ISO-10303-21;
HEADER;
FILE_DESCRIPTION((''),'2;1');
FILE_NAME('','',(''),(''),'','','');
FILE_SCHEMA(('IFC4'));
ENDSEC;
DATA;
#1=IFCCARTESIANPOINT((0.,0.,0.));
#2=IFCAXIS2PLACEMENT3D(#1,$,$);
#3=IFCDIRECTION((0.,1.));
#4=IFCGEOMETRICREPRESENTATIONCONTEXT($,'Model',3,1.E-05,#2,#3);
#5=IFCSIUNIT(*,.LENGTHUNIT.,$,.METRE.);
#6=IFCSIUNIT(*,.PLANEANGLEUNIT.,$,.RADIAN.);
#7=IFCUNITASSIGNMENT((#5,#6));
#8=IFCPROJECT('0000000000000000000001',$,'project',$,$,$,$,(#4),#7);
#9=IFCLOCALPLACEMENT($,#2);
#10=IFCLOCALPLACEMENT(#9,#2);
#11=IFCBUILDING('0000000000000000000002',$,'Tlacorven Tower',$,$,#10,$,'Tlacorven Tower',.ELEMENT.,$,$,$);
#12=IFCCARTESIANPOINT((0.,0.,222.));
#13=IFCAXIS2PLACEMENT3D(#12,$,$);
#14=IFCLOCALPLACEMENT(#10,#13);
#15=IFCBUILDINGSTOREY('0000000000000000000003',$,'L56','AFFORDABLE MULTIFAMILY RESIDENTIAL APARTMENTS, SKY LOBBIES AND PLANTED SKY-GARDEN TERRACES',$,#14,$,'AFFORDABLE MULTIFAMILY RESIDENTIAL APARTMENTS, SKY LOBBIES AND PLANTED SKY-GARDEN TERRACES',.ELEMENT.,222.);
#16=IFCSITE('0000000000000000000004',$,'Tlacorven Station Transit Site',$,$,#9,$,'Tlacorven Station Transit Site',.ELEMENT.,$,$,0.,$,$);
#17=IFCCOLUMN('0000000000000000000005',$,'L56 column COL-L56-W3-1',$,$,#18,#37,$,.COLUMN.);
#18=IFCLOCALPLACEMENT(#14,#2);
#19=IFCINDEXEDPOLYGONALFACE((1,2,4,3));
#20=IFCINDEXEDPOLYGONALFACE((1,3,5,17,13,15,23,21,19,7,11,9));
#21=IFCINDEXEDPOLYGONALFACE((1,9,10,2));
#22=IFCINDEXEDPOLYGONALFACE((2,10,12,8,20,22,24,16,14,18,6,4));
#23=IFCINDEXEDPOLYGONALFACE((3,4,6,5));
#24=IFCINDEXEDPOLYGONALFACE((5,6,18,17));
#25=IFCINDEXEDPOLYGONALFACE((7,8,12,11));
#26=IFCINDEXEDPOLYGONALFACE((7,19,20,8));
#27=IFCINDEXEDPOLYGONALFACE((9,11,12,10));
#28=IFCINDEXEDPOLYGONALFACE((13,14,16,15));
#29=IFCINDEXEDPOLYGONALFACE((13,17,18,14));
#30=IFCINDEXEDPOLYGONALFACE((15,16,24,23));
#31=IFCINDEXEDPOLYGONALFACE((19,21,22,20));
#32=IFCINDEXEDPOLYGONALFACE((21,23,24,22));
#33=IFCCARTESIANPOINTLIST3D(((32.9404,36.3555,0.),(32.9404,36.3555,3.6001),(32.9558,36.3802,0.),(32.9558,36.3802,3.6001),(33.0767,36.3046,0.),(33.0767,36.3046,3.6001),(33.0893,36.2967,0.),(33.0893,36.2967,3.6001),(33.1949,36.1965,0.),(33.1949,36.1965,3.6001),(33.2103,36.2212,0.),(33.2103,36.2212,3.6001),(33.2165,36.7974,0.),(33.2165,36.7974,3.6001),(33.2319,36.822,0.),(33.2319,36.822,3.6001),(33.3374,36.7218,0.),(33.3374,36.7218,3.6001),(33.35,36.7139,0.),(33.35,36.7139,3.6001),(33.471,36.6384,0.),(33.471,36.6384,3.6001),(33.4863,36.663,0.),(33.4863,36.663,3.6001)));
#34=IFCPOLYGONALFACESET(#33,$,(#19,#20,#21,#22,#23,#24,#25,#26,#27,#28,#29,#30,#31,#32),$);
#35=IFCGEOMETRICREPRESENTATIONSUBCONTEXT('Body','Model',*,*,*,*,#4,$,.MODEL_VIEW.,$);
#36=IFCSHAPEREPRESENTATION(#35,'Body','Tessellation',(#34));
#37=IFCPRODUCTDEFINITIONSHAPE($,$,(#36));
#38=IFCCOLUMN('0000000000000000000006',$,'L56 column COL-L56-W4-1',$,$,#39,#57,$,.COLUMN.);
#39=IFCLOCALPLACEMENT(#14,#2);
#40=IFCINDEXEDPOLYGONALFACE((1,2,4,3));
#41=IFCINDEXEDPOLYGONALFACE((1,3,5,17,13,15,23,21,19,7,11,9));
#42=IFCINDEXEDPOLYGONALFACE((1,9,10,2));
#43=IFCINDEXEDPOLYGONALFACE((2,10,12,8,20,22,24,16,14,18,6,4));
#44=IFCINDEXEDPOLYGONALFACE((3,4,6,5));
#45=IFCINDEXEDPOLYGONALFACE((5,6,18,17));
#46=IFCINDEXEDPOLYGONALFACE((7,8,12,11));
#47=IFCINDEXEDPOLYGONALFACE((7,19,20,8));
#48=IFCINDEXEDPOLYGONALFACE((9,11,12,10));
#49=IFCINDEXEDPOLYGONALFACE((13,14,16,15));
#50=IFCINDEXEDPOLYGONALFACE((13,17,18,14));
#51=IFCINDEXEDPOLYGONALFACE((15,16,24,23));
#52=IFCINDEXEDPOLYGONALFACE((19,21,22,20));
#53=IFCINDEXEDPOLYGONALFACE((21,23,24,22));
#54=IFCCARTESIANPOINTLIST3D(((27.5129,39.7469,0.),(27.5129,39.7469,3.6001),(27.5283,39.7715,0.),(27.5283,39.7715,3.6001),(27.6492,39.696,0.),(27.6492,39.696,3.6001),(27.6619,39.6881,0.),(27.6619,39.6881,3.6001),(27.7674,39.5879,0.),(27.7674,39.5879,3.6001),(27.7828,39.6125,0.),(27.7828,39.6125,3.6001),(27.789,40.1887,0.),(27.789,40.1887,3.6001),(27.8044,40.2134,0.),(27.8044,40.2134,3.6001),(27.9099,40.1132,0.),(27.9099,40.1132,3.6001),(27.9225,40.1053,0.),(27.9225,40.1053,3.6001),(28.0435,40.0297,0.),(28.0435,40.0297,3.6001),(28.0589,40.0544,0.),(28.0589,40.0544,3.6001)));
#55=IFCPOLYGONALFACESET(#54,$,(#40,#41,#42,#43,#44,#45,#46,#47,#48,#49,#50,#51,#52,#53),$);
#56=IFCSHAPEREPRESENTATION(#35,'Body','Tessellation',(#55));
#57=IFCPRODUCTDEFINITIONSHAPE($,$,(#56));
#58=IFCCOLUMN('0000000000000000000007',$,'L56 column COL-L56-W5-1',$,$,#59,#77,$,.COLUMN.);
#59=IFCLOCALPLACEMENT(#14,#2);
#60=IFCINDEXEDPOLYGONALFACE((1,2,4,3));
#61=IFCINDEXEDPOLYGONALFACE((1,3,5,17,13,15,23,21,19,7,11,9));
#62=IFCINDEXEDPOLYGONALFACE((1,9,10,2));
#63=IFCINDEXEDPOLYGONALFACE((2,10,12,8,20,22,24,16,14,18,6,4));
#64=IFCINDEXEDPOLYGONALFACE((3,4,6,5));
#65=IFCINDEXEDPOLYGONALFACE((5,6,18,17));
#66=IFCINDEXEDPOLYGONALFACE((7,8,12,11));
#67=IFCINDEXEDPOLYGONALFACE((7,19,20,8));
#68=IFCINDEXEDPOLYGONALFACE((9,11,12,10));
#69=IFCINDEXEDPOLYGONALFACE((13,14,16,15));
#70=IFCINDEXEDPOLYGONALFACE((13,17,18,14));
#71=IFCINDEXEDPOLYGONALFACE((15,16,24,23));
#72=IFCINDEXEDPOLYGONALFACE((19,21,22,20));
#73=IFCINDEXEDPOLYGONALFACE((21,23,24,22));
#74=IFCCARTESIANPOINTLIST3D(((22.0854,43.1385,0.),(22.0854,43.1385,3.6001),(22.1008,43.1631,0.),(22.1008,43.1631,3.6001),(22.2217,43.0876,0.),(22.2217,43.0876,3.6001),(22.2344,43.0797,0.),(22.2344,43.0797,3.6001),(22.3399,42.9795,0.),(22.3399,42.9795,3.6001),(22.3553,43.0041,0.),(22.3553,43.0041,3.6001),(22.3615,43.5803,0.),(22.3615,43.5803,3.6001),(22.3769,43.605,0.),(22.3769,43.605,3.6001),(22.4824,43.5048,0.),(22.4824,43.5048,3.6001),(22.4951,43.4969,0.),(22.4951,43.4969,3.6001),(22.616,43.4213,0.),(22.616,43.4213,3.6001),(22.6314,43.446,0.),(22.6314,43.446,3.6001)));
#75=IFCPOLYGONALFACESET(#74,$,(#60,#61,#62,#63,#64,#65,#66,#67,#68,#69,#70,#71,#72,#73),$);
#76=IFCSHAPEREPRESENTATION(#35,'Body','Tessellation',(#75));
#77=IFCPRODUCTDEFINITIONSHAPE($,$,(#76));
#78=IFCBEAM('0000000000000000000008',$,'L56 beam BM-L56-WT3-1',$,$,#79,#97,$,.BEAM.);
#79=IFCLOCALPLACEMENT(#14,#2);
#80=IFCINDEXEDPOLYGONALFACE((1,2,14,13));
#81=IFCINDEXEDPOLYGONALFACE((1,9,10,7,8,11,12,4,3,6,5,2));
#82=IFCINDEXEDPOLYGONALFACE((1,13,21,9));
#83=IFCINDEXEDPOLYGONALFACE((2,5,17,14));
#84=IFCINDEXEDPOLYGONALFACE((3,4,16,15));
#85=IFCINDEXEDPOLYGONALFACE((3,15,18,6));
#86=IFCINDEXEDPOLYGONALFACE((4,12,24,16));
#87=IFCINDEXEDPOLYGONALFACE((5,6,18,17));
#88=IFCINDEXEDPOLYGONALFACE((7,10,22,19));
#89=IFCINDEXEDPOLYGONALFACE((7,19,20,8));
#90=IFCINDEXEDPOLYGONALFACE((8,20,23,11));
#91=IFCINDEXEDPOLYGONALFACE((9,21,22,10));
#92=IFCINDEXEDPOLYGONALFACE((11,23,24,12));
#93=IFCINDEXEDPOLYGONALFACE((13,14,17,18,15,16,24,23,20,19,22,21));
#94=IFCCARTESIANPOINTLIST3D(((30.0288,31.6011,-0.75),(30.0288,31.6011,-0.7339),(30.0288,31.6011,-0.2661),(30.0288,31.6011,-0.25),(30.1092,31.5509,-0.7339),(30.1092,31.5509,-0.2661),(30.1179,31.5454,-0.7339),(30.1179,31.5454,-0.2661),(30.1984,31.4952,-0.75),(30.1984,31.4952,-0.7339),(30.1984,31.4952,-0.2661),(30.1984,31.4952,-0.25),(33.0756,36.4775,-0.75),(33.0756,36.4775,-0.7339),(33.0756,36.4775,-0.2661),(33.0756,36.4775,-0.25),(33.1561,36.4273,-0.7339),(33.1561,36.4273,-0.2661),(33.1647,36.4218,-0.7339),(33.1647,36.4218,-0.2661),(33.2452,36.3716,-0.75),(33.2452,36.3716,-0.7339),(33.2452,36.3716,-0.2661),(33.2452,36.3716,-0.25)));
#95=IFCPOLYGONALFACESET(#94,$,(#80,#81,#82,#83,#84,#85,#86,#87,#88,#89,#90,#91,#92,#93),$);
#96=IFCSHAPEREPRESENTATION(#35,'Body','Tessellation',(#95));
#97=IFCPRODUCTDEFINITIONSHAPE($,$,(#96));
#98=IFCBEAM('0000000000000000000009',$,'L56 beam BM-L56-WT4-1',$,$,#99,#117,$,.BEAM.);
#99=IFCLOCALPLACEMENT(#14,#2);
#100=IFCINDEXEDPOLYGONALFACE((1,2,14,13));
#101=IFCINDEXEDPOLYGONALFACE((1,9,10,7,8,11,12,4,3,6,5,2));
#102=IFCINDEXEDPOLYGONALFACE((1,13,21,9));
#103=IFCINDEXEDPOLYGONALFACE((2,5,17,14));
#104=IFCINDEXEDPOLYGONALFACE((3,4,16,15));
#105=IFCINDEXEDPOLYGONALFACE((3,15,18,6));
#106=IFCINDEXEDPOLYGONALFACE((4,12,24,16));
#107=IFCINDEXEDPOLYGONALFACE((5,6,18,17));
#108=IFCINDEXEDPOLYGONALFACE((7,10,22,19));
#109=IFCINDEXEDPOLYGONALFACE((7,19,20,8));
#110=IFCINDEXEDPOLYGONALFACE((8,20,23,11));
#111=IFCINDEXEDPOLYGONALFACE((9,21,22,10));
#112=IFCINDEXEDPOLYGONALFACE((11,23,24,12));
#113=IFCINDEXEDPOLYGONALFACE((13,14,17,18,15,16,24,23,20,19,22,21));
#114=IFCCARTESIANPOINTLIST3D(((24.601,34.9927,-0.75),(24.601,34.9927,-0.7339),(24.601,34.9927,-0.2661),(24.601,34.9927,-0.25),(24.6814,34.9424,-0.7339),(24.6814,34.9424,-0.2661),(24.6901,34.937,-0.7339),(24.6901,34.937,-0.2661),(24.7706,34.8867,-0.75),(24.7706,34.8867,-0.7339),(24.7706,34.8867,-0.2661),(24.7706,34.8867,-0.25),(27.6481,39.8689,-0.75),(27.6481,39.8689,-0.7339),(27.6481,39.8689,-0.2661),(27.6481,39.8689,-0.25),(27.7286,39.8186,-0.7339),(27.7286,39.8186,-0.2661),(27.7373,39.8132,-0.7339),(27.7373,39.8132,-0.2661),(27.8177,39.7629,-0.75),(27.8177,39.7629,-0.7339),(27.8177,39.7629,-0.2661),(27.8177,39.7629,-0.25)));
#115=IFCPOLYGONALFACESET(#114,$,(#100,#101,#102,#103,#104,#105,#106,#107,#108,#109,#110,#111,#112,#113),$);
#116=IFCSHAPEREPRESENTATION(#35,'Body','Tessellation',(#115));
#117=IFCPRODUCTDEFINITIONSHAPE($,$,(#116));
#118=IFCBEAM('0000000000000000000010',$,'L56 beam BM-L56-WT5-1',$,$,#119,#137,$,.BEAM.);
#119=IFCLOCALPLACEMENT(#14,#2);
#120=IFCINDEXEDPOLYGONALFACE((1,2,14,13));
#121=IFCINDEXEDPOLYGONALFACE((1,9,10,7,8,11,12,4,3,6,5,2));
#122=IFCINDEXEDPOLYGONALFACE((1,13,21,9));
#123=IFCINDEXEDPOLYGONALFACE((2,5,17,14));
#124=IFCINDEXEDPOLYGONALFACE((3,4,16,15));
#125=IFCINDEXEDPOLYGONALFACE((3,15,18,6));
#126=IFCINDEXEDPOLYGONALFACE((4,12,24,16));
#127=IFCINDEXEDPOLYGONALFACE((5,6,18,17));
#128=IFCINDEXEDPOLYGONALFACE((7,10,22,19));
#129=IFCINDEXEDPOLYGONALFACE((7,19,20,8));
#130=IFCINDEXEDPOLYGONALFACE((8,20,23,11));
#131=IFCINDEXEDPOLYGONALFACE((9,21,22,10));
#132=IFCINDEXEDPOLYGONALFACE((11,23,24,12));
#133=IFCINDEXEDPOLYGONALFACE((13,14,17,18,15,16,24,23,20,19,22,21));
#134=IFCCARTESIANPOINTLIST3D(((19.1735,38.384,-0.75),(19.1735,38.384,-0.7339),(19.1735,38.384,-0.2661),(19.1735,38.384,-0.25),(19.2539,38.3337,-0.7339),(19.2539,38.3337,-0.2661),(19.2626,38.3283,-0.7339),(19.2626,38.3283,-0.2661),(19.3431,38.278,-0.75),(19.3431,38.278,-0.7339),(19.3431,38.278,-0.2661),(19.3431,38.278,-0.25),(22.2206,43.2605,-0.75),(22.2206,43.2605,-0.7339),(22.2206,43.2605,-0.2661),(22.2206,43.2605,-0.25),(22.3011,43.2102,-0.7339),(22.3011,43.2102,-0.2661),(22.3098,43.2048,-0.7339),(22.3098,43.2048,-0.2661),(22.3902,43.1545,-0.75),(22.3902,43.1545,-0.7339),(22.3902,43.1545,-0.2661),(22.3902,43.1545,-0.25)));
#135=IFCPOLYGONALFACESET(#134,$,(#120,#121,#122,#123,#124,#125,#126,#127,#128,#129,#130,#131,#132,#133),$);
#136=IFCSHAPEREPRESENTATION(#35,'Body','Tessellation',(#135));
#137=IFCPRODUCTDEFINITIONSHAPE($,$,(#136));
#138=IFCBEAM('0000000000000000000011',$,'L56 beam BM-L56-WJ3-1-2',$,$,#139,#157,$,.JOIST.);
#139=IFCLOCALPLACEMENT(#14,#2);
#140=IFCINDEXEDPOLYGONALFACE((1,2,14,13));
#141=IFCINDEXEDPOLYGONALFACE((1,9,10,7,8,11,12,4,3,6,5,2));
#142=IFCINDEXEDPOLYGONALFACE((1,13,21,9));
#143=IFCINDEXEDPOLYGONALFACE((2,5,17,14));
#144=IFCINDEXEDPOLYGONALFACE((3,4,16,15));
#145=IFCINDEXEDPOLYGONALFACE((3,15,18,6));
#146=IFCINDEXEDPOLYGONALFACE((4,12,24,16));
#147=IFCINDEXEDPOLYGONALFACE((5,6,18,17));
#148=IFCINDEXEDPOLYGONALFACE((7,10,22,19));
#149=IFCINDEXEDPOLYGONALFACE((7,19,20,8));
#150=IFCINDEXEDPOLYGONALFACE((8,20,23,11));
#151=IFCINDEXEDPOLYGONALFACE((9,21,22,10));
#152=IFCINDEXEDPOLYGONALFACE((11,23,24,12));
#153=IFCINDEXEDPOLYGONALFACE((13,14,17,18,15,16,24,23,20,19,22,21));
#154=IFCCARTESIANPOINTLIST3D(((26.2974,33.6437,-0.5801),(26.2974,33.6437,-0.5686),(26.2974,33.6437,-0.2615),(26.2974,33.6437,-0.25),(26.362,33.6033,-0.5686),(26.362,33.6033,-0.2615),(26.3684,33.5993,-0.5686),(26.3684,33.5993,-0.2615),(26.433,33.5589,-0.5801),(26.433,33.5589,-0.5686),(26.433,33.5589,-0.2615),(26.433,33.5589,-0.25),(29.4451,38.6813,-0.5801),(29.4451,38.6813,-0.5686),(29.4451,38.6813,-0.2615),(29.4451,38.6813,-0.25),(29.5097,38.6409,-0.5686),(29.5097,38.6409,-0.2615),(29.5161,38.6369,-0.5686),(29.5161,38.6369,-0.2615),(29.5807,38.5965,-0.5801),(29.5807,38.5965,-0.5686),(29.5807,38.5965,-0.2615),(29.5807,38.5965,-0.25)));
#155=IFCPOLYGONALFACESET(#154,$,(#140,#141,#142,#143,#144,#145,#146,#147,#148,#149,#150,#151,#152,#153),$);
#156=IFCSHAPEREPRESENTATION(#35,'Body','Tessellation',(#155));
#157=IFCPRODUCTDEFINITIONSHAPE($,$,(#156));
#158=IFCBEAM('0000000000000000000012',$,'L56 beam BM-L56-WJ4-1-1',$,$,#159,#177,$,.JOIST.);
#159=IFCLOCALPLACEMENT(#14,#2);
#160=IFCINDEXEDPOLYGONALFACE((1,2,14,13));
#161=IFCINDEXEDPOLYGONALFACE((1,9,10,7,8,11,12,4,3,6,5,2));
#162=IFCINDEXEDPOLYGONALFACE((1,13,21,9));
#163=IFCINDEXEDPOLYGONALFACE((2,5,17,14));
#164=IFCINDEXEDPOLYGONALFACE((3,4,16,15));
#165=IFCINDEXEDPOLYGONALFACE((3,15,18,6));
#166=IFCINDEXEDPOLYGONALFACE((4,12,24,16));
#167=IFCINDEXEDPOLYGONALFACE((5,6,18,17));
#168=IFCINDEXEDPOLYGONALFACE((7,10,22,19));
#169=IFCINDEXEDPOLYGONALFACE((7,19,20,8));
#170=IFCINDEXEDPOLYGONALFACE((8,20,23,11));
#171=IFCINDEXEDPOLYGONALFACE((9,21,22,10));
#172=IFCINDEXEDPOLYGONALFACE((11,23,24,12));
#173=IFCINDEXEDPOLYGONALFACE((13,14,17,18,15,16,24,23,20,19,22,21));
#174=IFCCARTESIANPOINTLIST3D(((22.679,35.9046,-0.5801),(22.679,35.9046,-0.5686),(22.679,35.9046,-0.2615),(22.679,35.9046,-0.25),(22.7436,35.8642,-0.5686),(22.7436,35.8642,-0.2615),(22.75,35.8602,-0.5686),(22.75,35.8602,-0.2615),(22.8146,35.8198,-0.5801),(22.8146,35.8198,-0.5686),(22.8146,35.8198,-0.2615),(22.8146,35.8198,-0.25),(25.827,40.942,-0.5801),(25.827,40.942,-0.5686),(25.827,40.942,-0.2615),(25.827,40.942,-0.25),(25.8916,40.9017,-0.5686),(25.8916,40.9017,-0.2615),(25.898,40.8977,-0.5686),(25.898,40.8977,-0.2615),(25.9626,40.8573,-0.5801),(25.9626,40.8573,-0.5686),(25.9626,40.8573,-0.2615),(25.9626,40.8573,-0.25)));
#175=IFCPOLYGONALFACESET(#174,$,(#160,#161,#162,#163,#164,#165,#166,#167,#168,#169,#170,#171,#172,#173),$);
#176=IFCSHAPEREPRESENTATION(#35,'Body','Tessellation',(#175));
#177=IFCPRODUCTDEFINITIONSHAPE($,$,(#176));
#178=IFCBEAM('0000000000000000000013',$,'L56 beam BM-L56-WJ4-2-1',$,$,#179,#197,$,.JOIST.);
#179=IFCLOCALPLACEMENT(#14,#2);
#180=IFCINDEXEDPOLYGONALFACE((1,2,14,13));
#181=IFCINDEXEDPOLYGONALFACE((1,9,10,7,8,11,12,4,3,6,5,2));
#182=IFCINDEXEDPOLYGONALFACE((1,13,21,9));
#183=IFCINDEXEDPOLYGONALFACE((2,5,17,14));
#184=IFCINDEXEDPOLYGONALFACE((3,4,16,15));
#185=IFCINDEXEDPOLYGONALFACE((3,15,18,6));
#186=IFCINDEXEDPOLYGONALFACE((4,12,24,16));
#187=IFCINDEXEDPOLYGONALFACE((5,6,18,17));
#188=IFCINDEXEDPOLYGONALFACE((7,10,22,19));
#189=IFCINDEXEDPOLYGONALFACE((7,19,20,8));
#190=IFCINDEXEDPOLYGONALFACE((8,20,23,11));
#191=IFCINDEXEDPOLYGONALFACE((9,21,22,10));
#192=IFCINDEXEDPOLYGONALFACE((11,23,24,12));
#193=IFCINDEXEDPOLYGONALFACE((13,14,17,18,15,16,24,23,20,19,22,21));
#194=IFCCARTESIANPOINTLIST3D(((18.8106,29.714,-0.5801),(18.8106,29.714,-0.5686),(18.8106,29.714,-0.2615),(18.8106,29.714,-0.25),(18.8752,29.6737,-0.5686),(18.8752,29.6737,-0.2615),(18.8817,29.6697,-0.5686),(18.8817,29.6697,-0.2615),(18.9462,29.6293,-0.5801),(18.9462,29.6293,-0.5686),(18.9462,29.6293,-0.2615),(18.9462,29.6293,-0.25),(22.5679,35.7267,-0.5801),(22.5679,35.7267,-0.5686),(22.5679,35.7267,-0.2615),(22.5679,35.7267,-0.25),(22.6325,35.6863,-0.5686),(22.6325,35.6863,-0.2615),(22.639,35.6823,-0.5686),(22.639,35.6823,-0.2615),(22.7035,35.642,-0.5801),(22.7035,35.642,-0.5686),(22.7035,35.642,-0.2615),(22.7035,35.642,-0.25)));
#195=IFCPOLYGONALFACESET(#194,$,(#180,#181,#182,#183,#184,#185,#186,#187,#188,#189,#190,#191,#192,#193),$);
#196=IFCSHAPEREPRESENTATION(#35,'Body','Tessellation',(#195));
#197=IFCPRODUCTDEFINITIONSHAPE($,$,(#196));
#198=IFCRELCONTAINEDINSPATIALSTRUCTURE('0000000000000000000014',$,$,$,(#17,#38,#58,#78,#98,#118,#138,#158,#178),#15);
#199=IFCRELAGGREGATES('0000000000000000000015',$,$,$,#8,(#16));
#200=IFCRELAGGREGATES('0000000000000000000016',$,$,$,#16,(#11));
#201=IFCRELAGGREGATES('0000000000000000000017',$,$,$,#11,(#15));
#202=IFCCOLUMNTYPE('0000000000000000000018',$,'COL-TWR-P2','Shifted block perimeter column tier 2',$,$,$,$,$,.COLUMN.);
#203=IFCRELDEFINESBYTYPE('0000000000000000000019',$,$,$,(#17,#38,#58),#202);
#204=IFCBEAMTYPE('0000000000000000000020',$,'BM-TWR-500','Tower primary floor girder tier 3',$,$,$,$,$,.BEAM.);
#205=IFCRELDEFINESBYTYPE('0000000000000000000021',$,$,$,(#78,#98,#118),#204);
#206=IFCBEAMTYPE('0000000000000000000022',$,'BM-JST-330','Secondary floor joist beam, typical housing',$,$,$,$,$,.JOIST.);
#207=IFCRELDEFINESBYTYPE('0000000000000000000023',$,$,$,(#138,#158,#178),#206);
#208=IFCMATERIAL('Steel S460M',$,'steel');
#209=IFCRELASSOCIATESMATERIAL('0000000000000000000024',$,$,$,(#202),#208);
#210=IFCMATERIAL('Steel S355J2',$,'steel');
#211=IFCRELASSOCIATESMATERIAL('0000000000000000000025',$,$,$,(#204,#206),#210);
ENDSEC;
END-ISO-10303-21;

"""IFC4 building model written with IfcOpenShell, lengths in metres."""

from ifc_helpers import new_model, si_unit, direction, frame, origin, origin_2d, place, context, subcontext, project, spatial, i_section, extrude, source, transform, mapped, material, material_profile, profile_set, type_object, element, save


model = new_model("IFC4")

# Units and contexts
model_context = context("Model", 3, precision=1e-05, world=origin(), true_north=direction((0.0, 1.0)))
body_context = subcontext(model_context, "Body", "Model", "MODEL_VIEW")
ifc_project = project(units=[si_unit("LENGTHUNIT", "METRE"), si_unit("PLANEANGLEUNIT", "RADIAN")], contexts=[model_context])

# Site, building, storey
site_placement = place(None, origin())
site = spatial("IfcSite", under=ifc_project, at=site_placement, Name="Tlacorven Station Transit Site", LongName="Tlacorven Station Transit Site", CompositionType="ELEMENT", RefElevation=0.0)
building_placement = place(site_placement, origin())
building = spatial("IfcBuilding", under=site, at=building_placement, Name="Tlacorven Tower", LongName="Tlacorven Tower", CompositionType="ELEMENT")
storey_placement = place(building_placement, frame((0.0, 0.0, 222.0)))
storey = spatial("IfcBuildingStorey", under=building, at=storey_placement, Name="L56", Description="AFFORDABLE MULTIFAMILY RESIDENTIAL APARTMENTS, SKY LOBBIES AND PLANTED SKY-GARDEN TERRACES", LongName="AFFORDABLE MULTIFAMILY RESIDENTIAL APARTMENTS, SKY LOBBIES AND PLANTED SKY-GARDEN TERRACES", CompositionType="ELEMENT", Elevation=222.0)

# Columns
ifc_material_1 = material(Name="Steel S460M", Category="steel")
ifc_material_profile_1 = material_profile(ifc_material_1, i_section(OverallWidth=0.3, OverallDepth=0.55, WebThickness=0.0149, FlangeThickness=0.0291, at=origin_2d()), Name="HEB 550")
ifc_profile_set_1 = profile_set([ifc_material_profile_1], Name="Steel S460M")
column_type = type_object("IfcColumnType", Name="COL-TWR-P2", Description="Shifted block perimeter column tier 2", PredefinedType="COLUMN", material=ifc_profile_set_1)
shared_shape_1 = source(origin(), body_context, "Body", "SweptSolid", [
    extrude(i_section(OverallWidth=0.3, OverallDepth=0.55, WebThickness=0.0149, FlangeThickness=0.0291, at=origin_2d()), origin(), (0.0, 0.0, 1.0), 3.6001),
])
for number, where, z_axis, x_axis, name in (
    (1, (33.2134, 36.5093, 0.0), (0.0, 0.0, 1.0), (-0.848048, 0.529919, 0.0), "L56 column COL-L56-W3-1"),
    (2, (27.7859, 39.9006, 0.0), (0.0, 0.0, 1.0), (-0.848048, 0.529919, 0.0), "L56 column COL-L56-W4-1"),
    (3, (22.3584, 43.2922, 0.0), (0.0, 0.0, 1.0), (-0.848048, 0.529919, 0.0), "L56 column COL-L56-W5-1"),
):
    element("IfcColumn", number, at=place(storey_placement, frame(where, z_axis=z_axis, x_axis=x_axis)), inside=storey, type_object=column_type, Name=name, PredefinedType="COLUMN", context=body_context, shape_type="MappedRepresentation", body=[
        mapped(shared_shape_1, transform((0.0, 0.0, 0.0), scale=1.0)),
    ])

# Beams
ifc_material_2 = material(Name="Steel S355J2", Category="steel")
ifc_material_profile_2 = material_profile(ifc_material_2, i_section(OverallWidth=0.2, OverallDepth=0.5, WebThickness=0.0103, FlangeThickness=0.0161, at=origin_2d()), Name="IPE 500")
ifc_profile_set_2 = profile_set([ifc_material_profile_2], Name="Steel S355J2")
beam_type_1 = type_object("IfcBeamType", Name="BM-TWR-500", Description="Tower primary floor girder tier 3", PredefinedType="BEAM", material=ifc_profile_set_2)
shared_shape_2 = source(origin(), body_context, "Body", "SweptSolid", [
    extrude(i_section(OverallWidth=0.2, OverallDepth=0.5, WebThickness=0.0103, FlangeThickness=0.0161, at=origin_2d()), origin(), (0.0, 0.0, 1.0), 5.75),
])
for number, where, z_axis, x_axis, name in (
    (4, (33.1604, 36.4246, -0.5), (-0.529884, -0.84807, 0.0), (0.84807, -0.529884, 0.0), "L56 beam BM-L56-WT3-1"),
    (5, (27.7329, 39.8159, -0.5), (-0.529934, -0.848039, 0.0), (0.848039, -0.529934, 0.0), "L56 beam BM-L56-WT4-1"),
):
    element("IfcBeam", number, at=place(storey_placement, frame(where, z_axis=z_axis, x_axis=x_axis)), inside=storey, type_object=beam_type_1, Name=name, PredefinedType="BEAM", context=body_context, shape_type="MappedRepresentation", body=[
        mapped(shared_shape_2, transform((0.0, 0.0, 0.0), scale=1.0)),
    ])
shared_shape_3 = source(origin(), body_context, "Body", "SweptSolid", [
    extrude(i_section(OverallWidth=0.2, OverallDepth=0.5, WebThickness=0.0103, FlangeThickness=0.0161, at=origin_2d()), origin(), (0.0, 0.0, 1.0), 5.7502),
])
beam_1_placement = place(storey_placement, frame((22.3054, 43.2075, -0.5), z_axis=(-0.529915, -0.848051, 0.0), x_axis=(0.848051, -0.529915, 0.0)))
element("IfcBeam", 6, at=beam_1_placement, inside=storey, type_object=beam_type_1, Name="L56 beam BM-L56-WT5-1", PredefinedType="BEAM", context=body_context, shape_type="MappedRepresentation", body=[
    mapped(shared_shape_3, transform((0.0, 0.0, 0.0), scale=1.0)),
])
ifc_material_profile_3 = material_profile(ifc_material_2, i_section(OverallWidth=0.1599, OverallDepth=0.3301, WebThickness=0.0076, FlangeThickness=0.0115, at=origin_2d()), Name="IPE 330")
ifc_profile_set_3 = profile_set([ifc_material_profile_3], Name="Steel S355J2")
beam_type_2 = type_object("IfcBeamType", Name="BM-JST-330", Description="Secondary floor joist beam, typical housing", PredefinedType="JOIST", material=ifc_profile_set_3)
shared_shape_4 = source(origin(), body_context, "Body", "SweptSolid", [
    extrude(i_section(OverallWidth=0.1599, OverallDepth=0.3301, WebThickness=0.0076, FlangeThickness=0.0115, at=origin_2d()), origin(), (0.0, 0.0, 1.0), 5.9402),
])
for number, where, z_axis, x_axis, name in (
    (7, (29.5129, 38.6389, -0.415), (-0.529903, -0.848058, 0.0), (0.848058, -0.529903, 0.0), "L56 beam BM-L56-WJ3-1-2"),
    (8, (25.8948, 40.8997, -0.415), (-0.529951, -0.848028, 0.0), (0.848028, -0.529951, 0.0), "L56 beam BM-L56-WJ4-1-1"),
):
    element("IfcBeam", number, at=place(storey_placement, frame(where, z_axis=z_axis, x_axis=x_axis)), inside=storey, type_object=beam_type_2, Name=name, PredefinedType="JOIST", context=body_context, shape_type="MappedRepresentation", body=[
        mapped(shared_shape_4, transform((0.0, 0.0, 0.0), scale=1.0)),
    ])
shared_shape_5 = source(origin(), body_context, "Body", "SweptSolid", [
    extrude(i_section(OverallWidth=0.1599, OverallDepth=0.3301, WebThickness=0.0076, FlangeThickness=0.0115, at=origin_2d()), origin(), (0.0, 0.0, 1.0), 7.0901),
])
beam_2_placement = place(storey_placement, frame((22.6357, 35.6843, -0.415), z_axis=(-0.529937, -0.848037, 0.0), x_axis=(0.848037, -0.529937, 0.0)))
element("IfcBeam", 9, at=beam_2_placement, inside=storey, type_object=beam_type_2, Name="L56 beam BM-L56-WJ4-2-1", PredefinedType="JOIST", context=body_context, shape_type="MappedRepresentation", body=[
    mapped(shared_shape_5, transform((0.0, 0.0, 0.0), scale=1.0)),
])

save(model, "model.ifc")
